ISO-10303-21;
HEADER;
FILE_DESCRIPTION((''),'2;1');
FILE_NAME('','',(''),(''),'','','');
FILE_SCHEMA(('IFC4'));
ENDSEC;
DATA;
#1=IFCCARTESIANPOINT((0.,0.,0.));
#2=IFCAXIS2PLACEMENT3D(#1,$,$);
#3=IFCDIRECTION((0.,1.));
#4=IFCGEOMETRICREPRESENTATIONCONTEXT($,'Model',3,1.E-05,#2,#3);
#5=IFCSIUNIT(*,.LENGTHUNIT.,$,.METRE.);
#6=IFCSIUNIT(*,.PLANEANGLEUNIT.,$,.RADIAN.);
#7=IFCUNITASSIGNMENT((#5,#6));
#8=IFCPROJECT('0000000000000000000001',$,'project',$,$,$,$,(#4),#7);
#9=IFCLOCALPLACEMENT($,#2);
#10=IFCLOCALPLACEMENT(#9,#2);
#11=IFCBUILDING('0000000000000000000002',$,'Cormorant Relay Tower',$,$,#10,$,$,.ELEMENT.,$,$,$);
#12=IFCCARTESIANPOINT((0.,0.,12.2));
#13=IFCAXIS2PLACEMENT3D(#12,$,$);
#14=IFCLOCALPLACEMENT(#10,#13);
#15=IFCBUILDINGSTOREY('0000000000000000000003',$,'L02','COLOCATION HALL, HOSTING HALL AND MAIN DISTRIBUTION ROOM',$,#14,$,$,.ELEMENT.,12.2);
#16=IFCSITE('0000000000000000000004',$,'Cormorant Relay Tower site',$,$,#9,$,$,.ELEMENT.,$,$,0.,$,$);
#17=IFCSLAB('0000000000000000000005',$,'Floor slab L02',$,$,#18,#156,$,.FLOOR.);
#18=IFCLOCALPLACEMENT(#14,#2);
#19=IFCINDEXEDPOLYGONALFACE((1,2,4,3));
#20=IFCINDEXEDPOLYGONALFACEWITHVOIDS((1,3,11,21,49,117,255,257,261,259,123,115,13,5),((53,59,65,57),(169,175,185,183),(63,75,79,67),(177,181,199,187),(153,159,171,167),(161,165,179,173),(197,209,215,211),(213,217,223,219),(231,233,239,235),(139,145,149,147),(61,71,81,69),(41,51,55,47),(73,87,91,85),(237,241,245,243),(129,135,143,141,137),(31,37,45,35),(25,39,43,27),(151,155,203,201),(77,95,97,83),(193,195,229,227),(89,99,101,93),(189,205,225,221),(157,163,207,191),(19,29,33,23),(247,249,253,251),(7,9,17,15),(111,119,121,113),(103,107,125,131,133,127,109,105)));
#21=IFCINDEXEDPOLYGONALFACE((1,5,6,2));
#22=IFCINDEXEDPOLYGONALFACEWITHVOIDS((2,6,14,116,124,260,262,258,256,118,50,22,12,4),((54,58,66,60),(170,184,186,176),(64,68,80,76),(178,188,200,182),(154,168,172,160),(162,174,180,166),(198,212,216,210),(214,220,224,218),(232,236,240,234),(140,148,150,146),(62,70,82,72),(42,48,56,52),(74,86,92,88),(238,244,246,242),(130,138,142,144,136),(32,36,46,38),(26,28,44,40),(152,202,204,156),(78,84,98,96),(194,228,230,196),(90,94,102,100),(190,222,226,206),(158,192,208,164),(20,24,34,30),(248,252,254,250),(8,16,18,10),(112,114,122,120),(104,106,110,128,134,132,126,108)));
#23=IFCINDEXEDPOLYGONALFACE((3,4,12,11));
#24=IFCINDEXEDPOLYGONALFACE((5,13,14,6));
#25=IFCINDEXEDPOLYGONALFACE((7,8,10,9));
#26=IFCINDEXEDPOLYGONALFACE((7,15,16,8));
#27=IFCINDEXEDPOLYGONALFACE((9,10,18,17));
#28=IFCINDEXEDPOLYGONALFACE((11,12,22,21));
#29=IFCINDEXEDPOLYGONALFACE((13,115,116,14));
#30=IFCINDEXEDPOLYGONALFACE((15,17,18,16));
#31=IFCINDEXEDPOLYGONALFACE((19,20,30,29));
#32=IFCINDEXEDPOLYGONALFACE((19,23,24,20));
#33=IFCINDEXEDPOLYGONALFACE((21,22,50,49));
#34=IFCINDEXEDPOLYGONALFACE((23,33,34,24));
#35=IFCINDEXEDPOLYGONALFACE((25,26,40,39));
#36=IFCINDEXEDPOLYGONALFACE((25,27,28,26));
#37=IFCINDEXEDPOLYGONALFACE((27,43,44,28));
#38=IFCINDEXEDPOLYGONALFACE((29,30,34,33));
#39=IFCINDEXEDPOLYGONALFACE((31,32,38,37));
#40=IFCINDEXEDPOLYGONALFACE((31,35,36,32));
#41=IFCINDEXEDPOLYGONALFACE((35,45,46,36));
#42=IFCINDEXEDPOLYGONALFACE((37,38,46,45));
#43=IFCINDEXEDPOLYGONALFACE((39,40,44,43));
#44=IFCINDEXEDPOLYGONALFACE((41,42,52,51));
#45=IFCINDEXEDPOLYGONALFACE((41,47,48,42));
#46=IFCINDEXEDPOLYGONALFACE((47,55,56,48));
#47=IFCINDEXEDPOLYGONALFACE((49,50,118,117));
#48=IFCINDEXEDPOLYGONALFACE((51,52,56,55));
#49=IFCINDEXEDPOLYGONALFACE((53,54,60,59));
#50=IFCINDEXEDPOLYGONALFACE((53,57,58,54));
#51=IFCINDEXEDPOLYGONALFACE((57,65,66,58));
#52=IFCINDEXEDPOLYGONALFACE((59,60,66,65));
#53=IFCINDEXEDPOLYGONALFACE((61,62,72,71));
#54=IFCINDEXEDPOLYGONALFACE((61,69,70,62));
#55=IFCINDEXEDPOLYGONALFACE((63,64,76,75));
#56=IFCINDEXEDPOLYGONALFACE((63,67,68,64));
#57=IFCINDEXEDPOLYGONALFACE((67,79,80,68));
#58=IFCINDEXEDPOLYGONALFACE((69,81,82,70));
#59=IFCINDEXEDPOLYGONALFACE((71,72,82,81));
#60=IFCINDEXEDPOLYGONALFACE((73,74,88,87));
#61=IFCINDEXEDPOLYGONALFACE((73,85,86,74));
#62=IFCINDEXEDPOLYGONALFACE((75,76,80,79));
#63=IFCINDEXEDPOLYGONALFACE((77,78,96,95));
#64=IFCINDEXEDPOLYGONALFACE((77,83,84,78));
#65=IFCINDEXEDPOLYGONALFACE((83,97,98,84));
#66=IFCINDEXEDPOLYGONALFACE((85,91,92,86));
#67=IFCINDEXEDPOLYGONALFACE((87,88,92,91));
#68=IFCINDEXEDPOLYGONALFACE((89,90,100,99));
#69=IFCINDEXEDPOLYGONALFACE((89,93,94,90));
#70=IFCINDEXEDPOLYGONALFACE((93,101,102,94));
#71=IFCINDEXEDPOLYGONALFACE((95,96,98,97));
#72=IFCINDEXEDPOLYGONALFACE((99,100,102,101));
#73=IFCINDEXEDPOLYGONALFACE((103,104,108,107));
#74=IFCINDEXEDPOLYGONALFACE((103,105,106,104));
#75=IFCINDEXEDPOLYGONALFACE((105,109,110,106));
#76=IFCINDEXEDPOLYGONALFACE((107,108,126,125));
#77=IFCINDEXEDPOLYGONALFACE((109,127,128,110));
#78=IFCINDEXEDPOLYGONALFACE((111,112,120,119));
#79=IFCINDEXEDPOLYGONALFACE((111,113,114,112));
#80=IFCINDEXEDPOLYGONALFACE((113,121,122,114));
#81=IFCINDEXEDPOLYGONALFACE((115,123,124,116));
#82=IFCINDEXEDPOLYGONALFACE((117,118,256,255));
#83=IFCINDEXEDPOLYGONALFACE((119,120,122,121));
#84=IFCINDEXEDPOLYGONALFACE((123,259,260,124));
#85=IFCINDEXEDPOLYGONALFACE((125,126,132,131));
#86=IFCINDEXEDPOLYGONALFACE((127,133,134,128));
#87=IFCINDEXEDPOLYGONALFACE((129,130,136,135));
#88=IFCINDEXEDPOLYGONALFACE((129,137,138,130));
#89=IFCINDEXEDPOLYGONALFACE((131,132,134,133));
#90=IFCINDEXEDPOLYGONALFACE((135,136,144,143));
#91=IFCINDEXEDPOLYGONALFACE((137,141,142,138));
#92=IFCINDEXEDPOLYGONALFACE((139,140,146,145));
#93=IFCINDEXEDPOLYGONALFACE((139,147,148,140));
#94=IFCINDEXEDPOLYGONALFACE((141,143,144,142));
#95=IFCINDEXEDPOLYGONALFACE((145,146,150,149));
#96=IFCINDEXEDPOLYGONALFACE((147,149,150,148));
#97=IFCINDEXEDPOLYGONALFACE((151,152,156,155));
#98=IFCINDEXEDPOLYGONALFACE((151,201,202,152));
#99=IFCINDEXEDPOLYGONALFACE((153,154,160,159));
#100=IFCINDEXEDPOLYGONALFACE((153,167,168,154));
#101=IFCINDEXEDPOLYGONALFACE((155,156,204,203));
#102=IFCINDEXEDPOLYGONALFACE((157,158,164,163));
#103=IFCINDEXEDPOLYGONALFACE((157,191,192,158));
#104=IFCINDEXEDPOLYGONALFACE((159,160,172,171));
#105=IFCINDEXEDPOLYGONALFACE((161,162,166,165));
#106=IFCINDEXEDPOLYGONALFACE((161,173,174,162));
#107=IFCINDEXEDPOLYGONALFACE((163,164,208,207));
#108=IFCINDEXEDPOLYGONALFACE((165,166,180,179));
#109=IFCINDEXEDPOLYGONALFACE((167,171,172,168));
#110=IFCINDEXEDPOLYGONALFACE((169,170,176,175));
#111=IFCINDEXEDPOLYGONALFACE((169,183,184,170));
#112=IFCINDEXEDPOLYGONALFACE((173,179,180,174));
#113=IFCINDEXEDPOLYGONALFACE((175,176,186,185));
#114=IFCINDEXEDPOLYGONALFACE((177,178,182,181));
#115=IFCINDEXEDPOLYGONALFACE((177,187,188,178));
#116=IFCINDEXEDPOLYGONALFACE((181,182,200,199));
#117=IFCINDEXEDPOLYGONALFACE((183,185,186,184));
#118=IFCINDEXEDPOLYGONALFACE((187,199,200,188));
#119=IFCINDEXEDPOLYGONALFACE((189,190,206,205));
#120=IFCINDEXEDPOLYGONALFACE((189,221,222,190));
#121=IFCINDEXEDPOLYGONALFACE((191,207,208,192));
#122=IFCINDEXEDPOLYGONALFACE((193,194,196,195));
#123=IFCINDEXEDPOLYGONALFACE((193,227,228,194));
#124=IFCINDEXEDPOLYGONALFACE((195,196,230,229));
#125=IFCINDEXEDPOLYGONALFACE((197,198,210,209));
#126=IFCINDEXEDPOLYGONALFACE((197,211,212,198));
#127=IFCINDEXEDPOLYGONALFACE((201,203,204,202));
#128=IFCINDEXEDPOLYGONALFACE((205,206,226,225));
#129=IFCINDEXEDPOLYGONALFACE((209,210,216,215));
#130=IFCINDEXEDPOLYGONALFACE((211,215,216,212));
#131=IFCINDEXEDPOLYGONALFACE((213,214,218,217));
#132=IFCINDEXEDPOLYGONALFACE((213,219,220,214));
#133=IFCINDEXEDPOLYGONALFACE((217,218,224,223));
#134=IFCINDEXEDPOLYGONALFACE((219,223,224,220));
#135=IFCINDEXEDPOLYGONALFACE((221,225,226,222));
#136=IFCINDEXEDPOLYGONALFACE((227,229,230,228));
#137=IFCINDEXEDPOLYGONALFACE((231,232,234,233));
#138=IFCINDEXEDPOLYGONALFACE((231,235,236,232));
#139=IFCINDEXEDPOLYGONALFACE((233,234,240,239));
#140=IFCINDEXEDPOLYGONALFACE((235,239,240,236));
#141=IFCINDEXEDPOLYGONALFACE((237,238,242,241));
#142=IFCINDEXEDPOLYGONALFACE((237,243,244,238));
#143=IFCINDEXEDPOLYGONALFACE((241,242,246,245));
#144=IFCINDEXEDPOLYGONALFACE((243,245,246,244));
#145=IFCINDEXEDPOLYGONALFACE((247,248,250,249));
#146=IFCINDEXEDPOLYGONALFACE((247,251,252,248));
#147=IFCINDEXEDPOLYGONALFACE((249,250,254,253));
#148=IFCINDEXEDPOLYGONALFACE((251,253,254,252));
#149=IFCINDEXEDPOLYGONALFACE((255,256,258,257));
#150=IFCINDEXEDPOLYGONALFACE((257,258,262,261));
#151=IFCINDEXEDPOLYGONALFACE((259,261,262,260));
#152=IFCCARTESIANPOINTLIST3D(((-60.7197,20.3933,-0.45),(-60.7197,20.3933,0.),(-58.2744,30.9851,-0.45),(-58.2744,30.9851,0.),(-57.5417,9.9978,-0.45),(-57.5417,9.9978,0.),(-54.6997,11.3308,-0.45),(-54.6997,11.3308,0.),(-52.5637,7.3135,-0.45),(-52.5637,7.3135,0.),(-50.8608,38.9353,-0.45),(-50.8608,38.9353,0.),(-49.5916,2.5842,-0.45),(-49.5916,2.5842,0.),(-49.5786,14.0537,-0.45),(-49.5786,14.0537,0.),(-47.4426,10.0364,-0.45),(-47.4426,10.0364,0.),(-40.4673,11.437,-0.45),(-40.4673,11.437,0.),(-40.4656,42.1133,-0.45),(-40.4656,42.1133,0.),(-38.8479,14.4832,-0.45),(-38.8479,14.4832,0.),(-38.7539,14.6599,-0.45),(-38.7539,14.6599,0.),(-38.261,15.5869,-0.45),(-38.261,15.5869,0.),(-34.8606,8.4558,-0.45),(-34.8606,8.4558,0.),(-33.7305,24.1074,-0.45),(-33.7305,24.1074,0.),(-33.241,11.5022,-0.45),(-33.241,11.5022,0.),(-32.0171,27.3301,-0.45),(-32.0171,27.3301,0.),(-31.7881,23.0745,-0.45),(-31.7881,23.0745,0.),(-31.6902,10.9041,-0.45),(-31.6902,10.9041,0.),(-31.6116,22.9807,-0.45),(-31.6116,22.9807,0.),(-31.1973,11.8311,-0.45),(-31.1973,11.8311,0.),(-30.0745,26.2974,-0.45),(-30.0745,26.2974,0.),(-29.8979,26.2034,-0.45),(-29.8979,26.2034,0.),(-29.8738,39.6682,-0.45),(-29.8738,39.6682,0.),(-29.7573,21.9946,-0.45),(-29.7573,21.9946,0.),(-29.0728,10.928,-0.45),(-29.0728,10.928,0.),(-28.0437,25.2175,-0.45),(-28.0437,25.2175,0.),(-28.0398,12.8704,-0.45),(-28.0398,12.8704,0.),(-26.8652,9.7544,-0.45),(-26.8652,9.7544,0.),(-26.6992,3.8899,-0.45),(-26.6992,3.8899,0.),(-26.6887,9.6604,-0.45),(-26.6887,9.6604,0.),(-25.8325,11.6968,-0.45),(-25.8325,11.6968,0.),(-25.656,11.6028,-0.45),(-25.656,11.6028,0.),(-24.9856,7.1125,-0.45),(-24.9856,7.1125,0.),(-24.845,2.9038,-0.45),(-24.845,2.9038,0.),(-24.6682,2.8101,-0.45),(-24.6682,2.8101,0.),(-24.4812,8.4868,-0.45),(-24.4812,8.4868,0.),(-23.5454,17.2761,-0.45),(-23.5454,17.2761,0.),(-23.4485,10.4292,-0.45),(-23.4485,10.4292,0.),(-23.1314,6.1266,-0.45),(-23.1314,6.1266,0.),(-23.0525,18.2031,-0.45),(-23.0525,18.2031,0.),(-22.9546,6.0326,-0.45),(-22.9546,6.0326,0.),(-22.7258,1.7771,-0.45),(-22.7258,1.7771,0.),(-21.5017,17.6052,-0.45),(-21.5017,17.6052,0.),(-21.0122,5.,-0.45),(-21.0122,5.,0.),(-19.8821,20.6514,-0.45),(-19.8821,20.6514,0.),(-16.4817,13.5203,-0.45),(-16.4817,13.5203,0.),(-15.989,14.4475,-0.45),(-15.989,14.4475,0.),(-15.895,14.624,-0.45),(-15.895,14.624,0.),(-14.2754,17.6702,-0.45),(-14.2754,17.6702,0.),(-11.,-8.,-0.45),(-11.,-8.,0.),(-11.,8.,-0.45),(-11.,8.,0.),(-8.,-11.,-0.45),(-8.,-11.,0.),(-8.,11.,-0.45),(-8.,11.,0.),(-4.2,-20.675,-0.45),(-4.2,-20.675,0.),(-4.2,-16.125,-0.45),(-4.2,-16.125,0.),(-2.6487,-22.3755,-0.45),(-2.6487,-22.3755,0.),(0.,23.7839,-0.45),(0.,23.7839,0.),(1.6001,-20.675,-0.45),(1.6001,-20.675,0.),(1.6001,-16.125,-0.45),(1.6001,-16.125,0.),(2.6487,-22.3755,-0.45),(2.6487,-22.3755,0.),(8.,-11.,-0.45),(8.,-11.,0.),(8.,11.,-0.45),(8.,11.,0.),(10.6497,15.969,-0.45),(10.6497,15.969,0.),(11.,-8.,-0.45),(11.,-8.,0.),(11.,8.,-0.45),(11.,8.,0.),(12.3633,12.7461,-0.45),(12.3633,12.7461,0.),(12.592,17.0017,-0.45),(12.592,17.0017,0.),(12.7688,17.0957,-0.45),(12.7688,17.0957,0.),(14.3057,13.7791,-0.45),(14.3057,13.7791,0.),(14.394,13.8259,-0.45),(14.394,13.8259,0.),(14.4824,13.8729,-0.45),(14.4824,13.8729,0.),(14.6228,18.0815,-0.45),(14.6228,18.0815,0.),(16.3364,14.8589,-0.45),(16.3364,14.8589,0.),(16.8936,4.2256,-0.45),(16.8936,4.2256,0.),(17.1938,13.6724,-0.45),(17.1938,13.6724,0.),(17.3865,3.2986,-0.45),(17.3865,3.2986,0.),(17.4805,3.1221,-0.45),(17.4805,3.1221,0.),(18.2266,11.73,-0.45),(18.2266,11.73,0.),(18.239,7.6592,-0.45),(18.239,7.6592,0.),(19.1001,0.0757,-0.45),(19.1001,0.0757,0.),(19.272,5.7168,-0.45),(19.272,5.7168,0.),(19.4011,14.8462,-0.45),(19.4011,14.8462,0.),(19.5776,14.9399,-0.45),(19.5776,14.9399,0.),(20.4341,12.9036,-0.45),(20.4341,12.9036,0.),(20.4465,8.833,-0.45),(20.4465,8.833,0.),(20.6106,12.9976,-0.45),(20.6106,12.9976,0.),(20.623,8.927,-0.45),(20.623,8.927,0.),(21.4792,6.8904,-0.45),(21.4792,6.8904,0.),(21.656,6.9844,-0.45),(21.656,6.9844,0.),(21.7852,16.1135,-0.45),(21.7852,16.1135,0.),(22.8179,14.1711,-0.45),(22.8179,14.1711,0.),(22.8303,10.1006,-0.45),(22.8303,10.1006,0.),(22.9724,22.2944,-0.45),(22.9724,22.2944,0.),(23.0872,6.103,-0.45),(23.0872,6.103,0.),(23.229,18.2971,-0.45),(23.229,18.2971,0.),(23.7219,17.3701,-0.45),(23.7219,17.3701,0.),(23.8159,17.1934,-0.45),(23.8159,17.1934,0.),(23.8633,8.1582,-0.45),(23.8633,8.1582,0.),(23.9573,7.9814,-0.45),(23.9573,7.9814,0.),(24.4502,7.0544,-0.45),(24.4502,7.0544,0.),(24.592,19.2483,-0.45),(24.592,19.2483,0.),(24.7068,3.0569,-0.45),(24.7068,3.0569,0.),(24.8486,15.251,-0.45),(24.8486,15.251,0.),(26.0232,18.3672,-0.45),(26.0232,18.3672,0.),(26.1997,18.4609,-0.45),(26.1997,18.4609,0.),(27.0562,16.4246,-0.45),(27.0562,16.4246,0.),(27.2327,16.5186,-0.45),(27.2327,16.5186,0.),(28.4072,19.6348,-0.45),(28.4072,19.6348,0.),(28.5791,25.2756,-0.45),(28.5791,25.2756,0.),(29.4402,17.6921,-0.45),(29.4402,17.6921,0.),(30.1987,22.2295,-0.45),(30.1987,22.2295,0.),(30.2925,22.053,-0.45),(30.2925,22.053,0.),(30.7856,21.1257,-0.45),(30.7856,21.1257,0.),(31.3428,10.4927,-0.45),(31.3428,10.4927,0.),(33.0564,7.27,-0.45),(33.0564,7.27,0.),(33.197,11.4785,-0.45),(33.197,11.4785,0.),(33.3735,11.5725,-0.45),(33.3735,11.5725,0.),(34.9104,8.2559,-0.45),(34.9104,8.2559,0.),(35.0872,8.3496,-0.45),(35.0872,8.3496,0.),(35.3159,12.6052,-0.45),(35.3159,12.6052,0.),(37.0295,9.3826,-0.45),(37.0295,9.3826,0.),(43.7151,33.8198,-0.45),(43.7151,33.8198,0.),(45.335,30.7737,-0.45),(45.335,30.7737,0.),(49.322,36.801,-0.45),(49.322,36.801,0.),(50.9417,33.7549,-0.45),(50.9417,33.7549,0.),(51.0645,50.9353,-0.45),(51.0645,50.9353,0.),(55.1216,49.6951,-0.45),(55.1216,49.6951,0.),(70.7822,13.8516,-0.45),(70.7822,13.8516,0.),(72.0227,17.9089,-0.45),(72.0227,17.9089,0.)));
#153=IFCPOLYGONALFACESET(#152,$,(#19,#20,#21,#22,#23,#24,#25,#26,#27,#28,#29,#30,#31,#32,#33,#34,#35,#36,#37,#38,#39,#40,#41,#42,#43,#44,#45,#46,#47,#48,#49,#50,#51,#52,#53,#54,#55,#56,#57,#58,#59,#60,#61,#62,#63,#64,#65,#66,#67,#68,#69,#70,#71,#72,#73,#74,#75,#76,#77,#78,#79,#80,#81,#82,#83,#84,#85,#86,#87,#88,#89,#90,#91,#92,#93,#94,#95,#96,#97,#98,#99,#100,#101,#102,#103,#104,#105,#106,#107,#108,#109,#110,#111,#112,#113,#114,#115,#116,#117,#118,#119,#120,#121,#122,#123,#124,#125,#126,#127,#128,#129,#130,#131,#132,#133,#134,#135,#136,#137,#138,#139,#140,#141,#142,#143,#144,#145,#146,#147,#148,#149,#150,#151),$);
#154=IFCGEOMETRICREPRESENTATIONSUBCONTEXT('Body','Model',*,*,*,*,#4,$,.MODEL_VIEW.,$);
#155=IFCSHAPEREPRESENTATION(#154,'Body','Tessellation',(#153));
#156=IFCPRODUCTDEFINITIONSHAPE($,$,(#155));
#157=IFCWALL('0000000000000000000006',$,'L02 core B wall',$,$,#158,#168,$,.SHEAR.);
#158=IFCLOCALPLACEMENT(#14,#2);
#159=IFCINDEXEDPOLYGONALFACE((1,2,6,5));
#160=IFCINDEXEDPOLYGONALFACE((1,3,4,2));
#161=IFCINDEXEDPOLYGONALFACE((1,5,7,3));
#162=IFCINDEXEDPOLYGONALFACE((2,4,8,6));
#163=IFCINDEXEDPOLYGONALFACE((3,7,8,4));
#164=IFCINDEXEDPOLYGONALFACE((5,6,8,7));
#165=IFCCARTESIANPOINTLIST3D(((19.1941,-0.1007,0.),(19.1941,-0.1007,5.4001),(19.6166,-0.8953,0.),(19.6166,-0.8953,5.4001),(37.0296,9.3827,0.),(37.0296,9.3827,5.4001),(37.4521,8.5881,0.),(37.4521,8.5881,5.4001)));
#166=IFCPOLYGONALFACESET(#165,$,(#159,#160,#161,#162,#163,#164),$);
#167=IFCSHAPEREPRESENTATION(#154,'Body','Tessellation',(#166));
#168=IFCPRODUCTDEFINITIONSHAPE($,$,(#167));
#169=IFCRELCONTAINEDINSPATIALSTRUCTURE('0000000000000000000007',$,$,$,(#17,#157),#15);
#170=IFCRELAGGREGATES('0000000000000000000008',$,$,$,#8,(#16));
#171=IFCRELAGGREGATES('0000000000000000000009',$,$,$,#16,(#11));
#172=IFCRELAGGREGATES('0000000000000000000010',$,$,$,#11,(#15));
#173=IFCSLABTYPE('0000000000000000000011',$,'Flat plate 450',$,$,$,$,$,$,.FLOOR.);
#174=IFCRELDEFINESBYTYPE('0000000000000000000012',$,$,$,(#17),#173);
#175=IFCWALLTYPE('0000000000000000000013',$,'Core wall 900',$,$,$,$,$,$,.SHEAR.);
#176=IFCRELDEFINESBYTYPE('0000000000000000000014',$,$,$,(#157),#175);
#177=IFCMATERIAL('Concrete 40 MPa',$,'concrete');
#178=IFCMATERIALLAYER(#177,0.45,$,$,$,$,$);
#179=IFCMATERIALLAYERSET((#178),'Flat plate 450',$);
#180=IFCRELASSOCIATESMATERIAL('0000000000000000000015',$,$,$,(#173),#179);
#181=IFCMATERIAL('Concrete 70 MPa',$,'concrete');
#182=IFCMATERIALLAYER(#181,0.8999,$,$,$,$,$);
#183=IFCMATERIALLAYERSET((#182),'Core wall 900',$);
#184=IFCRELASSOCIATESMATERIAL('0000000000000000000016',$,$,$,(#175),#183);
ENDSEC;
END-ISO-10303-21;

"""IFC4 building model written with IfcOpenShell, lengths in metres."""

from ifc_helpers import new_model, si_unit, direction, frame, frame_2d, origin, place, context, subcontext, project, spatial, polyline, rectangle, outline, extrude, material, layer, layer_set, type_object, element, save


model = new_model("IFC4")

# Units and contexts
model_context = context("Model", 3, precision=1e-05, world=origin(), true_north=direction((0.0, 1.0)))
body_context = subcontext(model_context, "Body", "Model", "MODEL_VIEW")
ifc_project = project(units=[si_unit("LENGTHUNIT", "METRE"), si_unit("PLANEANGLEUNIT", "RADIAN")], contexts=[model_context])

# Site, building, storey
site_placement = place(None, origin())
site = spatial("IfcSite", under=ifc_project, at=site_placement, Name="Cormorant Relay Tower site", CompositionType="ELEMENT", RefElevation=0.0)
building_placement = place(site_placement, origin())
building = spatial("IfcBuilding", under=site, at=building_placement, Name="Cormorant Relay Tower", CompositionType="ELEMENT")
storey_placement = place(building_placement, frame((0.0, 0.0, 12.2)))
storey = spatial("IfcBuildingStorey", under=building, at=storey_placement, Name="L02", Description="COLOCATION HALL, HOSTING HALL AND MAIN DISTRIBUTION ROOM", CompositionType="ELEMENT", Elevation=12.2)

# Slab
ifc_material_1 = material(Name="Concrete 40 MPa", Category="concrete")
ifc_layer_1 = layer(ifc_material_1, 0.45)
ifc_layer_set_1 = layer_set([ifc_layer_1], Name="Flat plate 450")
slab_type_1 = type_object("IfcSlabType", Name="Flat plate 450", PredefinedType="FLOOR", material=ifc_layer_set_1)
slab_1_placement = place(storey_placement, frame((0.0, 0.0, -0.45)))
element("IfcSlab", 1, at=slab_1_placement, inside=storey, type_object=slab_type_1, Name="Floor slab L02", PredefinedType="FLOOR", context=body_context, shape_type="SweptSolid", body=[
    extrude(outline(polyline([(-60.7197, 20.3933), (-58.2744, 30.9851), (-50.8608, 38.9353), (-40.4656, 42.1133), (-29.8738, 39.6682), (0.0, 23.7839), (51.0645, 50.9353), (55.1216, 49.6951), (72.0227, 17.9089), (70.7822, 13.8516), (2.6487, -22.3755), (-2.6487, -22.3755), (-49.5916, 2.5842), (-57.5417, 9.9978), (-60.7197, 20.3933)]), holes=[polyline([(11.0, -8.0), (11.0, 8.0), (8.0, 11.0), (-8.0, 11.0), (-11.0, 8.0), (-11.0, -8.0), (-8.0, -11.0), (8.0, -11.0), (11.0, -8.0)]), polyline([(-4.2, -16.125), (-4.2, -20.675), (1.6001, -20.675), (1.6001, -16.125), (-4.2, -16.125)]), polyline([(-22.9546, 6.0327), (-24.6682, 2.8101), (-22.7258, 1.7771), (-21.0122, 5.0), (-23.043, 6.0796), (-22.9546, 6.0327)]), polyline([(-24.9856, 7.1125), (-26.6992, 3.8899), (-24.845, 2.9038), (-23.1313, 6.1267), (-23.043, 6.0796), (-24.9856, 7.1125)]), polyline([(-24.4812, 8.4868), (-23.4485, 10.4292), (-25.656, 11.6028), (-26.6887, 9.6604), (-24.4812, 8.4868)]), polyline([(-49.5786, 14.0537), (-54.6997, 11.3308), (-52.5637, 7.3135), (-47.4426, 10.0364), (-49.5786, 14.0537)]), polyline([(-25.8325, 11.6968), (-28.0398, 12.8704), (-29.0728, 10.928), (-26.8652, 9.7544), (-25.8325, 11.6968)]), polyline([(-38.8479, 14.4832), (-40.4673, 11.437), (-34.8606, 8.4558), (-33.241, 11.5022), (-38.8479, 14.4832)]), polyline([(-38.261, 15.5869), (-38.7539, 14.6599), (-31.6902, 10.9041), (-31.1973, 11.8311), (-38.261, 15.5869)]), polyline([(14.3057, 13.7791), (12.592, 17.0017), (10.6497, 15.969), (12.3633, 12.7461), (14.394, 13.8259), (14.3057, 13.7791)]), polyline([(16.3364, 14.8589), (14.6228, 18.0815), (12.7688, 17.0957), (14.4824, 13.8728), (14.394, 13.8259), (16.3364, 14.8589)]), polyline([(-16.4817, 13.5203), (-15.989, 14.4475), (-23.0525, 18.2031), (-23.5454, 17.2761), (-16.4817, 13.5203)]), polyline([(-21.5017, 17.6052), (-15.895, 14.624), (-14.2754, 17.6702), (-19.8821, 20.6514), (-21.5017, 17.6052)]), polyline([(-31.6116, 22.9807), (-29.7573, 21.9946), (-28.0437, 25.2175), (-29.8979, 26.2034), (-31.6116, 22.9807)]), polyline([(-33.7305, 24.1074), (-31.7881, 23.0745), (-30.0745, 26.2974), (-32.0171, 27.3301), (-33.7305, 24.1074)]), polyline([(23.0872, 6.103), (17.4805, 3.1221), (19.1001, 0.0757), (24.7068, 3.0569), (23.0872, 6.103)]), polyline([(16.8936, 4.2256), (17.3865, 3.2986), (24.4502, 7.0544), (23.9573, 7.9814), (16.8936, 4.2256)]), polyline([(20.4465, 8.833), (18.239, 7.6592), (19.272, 5.7168), (21.4792, 6.8904), (20.4465, 8.833)]), polyline([(20.623, 8.927), (21.656, 6.9844), (23.8633, 8.1582), (22.8303, 10.1006), (20.623, 8.927)]), polyline([(33.197, 11.4785), (31.3428, 10.4927), (33.0564, 7.27), (34.9104, 8.2559), (33.197, 11.4785)]), polyline([(33.3735, 11.5725), (35.0872, 8.3496), (37.0295, 9.3826), (35.3159, 12.6052), (33.3735, 11.5725)]), polyline([(17.1938, 13.6724), (18.2266, 11.73), (20.4341, 12.9036), (19.4011, 14.8462), (17.1938, 13.6724)]), polyline([(20.6106, 12.9976), (22.8179, 14.1711), (21.7852, 16.1135), (19.5776, 14.9399), (20.6106, 12.9976)]), polyline([(26.0232, 18.3672), (23.8159, 17.1934), (24.8486, 15.251), (27.0562, 16.4246), (26.0232, 18.3672)]), polyline([(29.4402, 17.6921), (28.4072, 19.6348), (26.1997, 18.4609), (27.2327, 16.5186), (29.4402, 17.6921)]), polyline([(30.7856, 21.1257), (30.2925, 22.053), (23.229, 18.2971), (23.7219, 17.3701), (30.7856, 21.1257)]), polyline([(24.592, 19.2483), (30.1987, 22.2295), (28.5791, 25.2756), (22.9724, 22.2944), (24.592, 19.2483)]), polyline([(45.335, 30.7737), (50.9417, 33.7549), (49.322, 36.801), (43.7151, 33.8198), (45.335, 30.7737)])]), origin(), (0.0, 0.0, 1.0), 0.45),
])

# Shared definitions
ifc_material_2 = material(Name="Concrete 70 MPa", Category="concrete")
ifc_layer_2 = layer(ifc_material_2, 0.8999)
ifc_layer_set_2 = layer_set([ifc_layer_2], Name="Core wall 900")
wall_type_1 = type_object("IfcWallType", Name="Core wall 900", PredefinedType="SHEAR", material=ifc_layer_set_2)

# Wall
wall_1_placement = place(storey_placement, frame((19.4053, -0.498, 0.0), z_axis=(0.0, 0.0, 1.0), x_axis=(0.882945, 0.469476, 0.0)))
element("IfcWall", 2, at=wall_1_placement, inside=storey, type_object=wall_type_1, Name="L02 core B wall", PredefinedType="SHEAR", context=body_context, shape_type="SweptSolid", body=[
    extrude(rectangle(XDim=20.2, YDim=0.8999, at=frame_2d((10.1001, 0.0))), origin(), (0.0, 0.0, 1.0), 5.4001),
])

save(model, "model.ifc")
